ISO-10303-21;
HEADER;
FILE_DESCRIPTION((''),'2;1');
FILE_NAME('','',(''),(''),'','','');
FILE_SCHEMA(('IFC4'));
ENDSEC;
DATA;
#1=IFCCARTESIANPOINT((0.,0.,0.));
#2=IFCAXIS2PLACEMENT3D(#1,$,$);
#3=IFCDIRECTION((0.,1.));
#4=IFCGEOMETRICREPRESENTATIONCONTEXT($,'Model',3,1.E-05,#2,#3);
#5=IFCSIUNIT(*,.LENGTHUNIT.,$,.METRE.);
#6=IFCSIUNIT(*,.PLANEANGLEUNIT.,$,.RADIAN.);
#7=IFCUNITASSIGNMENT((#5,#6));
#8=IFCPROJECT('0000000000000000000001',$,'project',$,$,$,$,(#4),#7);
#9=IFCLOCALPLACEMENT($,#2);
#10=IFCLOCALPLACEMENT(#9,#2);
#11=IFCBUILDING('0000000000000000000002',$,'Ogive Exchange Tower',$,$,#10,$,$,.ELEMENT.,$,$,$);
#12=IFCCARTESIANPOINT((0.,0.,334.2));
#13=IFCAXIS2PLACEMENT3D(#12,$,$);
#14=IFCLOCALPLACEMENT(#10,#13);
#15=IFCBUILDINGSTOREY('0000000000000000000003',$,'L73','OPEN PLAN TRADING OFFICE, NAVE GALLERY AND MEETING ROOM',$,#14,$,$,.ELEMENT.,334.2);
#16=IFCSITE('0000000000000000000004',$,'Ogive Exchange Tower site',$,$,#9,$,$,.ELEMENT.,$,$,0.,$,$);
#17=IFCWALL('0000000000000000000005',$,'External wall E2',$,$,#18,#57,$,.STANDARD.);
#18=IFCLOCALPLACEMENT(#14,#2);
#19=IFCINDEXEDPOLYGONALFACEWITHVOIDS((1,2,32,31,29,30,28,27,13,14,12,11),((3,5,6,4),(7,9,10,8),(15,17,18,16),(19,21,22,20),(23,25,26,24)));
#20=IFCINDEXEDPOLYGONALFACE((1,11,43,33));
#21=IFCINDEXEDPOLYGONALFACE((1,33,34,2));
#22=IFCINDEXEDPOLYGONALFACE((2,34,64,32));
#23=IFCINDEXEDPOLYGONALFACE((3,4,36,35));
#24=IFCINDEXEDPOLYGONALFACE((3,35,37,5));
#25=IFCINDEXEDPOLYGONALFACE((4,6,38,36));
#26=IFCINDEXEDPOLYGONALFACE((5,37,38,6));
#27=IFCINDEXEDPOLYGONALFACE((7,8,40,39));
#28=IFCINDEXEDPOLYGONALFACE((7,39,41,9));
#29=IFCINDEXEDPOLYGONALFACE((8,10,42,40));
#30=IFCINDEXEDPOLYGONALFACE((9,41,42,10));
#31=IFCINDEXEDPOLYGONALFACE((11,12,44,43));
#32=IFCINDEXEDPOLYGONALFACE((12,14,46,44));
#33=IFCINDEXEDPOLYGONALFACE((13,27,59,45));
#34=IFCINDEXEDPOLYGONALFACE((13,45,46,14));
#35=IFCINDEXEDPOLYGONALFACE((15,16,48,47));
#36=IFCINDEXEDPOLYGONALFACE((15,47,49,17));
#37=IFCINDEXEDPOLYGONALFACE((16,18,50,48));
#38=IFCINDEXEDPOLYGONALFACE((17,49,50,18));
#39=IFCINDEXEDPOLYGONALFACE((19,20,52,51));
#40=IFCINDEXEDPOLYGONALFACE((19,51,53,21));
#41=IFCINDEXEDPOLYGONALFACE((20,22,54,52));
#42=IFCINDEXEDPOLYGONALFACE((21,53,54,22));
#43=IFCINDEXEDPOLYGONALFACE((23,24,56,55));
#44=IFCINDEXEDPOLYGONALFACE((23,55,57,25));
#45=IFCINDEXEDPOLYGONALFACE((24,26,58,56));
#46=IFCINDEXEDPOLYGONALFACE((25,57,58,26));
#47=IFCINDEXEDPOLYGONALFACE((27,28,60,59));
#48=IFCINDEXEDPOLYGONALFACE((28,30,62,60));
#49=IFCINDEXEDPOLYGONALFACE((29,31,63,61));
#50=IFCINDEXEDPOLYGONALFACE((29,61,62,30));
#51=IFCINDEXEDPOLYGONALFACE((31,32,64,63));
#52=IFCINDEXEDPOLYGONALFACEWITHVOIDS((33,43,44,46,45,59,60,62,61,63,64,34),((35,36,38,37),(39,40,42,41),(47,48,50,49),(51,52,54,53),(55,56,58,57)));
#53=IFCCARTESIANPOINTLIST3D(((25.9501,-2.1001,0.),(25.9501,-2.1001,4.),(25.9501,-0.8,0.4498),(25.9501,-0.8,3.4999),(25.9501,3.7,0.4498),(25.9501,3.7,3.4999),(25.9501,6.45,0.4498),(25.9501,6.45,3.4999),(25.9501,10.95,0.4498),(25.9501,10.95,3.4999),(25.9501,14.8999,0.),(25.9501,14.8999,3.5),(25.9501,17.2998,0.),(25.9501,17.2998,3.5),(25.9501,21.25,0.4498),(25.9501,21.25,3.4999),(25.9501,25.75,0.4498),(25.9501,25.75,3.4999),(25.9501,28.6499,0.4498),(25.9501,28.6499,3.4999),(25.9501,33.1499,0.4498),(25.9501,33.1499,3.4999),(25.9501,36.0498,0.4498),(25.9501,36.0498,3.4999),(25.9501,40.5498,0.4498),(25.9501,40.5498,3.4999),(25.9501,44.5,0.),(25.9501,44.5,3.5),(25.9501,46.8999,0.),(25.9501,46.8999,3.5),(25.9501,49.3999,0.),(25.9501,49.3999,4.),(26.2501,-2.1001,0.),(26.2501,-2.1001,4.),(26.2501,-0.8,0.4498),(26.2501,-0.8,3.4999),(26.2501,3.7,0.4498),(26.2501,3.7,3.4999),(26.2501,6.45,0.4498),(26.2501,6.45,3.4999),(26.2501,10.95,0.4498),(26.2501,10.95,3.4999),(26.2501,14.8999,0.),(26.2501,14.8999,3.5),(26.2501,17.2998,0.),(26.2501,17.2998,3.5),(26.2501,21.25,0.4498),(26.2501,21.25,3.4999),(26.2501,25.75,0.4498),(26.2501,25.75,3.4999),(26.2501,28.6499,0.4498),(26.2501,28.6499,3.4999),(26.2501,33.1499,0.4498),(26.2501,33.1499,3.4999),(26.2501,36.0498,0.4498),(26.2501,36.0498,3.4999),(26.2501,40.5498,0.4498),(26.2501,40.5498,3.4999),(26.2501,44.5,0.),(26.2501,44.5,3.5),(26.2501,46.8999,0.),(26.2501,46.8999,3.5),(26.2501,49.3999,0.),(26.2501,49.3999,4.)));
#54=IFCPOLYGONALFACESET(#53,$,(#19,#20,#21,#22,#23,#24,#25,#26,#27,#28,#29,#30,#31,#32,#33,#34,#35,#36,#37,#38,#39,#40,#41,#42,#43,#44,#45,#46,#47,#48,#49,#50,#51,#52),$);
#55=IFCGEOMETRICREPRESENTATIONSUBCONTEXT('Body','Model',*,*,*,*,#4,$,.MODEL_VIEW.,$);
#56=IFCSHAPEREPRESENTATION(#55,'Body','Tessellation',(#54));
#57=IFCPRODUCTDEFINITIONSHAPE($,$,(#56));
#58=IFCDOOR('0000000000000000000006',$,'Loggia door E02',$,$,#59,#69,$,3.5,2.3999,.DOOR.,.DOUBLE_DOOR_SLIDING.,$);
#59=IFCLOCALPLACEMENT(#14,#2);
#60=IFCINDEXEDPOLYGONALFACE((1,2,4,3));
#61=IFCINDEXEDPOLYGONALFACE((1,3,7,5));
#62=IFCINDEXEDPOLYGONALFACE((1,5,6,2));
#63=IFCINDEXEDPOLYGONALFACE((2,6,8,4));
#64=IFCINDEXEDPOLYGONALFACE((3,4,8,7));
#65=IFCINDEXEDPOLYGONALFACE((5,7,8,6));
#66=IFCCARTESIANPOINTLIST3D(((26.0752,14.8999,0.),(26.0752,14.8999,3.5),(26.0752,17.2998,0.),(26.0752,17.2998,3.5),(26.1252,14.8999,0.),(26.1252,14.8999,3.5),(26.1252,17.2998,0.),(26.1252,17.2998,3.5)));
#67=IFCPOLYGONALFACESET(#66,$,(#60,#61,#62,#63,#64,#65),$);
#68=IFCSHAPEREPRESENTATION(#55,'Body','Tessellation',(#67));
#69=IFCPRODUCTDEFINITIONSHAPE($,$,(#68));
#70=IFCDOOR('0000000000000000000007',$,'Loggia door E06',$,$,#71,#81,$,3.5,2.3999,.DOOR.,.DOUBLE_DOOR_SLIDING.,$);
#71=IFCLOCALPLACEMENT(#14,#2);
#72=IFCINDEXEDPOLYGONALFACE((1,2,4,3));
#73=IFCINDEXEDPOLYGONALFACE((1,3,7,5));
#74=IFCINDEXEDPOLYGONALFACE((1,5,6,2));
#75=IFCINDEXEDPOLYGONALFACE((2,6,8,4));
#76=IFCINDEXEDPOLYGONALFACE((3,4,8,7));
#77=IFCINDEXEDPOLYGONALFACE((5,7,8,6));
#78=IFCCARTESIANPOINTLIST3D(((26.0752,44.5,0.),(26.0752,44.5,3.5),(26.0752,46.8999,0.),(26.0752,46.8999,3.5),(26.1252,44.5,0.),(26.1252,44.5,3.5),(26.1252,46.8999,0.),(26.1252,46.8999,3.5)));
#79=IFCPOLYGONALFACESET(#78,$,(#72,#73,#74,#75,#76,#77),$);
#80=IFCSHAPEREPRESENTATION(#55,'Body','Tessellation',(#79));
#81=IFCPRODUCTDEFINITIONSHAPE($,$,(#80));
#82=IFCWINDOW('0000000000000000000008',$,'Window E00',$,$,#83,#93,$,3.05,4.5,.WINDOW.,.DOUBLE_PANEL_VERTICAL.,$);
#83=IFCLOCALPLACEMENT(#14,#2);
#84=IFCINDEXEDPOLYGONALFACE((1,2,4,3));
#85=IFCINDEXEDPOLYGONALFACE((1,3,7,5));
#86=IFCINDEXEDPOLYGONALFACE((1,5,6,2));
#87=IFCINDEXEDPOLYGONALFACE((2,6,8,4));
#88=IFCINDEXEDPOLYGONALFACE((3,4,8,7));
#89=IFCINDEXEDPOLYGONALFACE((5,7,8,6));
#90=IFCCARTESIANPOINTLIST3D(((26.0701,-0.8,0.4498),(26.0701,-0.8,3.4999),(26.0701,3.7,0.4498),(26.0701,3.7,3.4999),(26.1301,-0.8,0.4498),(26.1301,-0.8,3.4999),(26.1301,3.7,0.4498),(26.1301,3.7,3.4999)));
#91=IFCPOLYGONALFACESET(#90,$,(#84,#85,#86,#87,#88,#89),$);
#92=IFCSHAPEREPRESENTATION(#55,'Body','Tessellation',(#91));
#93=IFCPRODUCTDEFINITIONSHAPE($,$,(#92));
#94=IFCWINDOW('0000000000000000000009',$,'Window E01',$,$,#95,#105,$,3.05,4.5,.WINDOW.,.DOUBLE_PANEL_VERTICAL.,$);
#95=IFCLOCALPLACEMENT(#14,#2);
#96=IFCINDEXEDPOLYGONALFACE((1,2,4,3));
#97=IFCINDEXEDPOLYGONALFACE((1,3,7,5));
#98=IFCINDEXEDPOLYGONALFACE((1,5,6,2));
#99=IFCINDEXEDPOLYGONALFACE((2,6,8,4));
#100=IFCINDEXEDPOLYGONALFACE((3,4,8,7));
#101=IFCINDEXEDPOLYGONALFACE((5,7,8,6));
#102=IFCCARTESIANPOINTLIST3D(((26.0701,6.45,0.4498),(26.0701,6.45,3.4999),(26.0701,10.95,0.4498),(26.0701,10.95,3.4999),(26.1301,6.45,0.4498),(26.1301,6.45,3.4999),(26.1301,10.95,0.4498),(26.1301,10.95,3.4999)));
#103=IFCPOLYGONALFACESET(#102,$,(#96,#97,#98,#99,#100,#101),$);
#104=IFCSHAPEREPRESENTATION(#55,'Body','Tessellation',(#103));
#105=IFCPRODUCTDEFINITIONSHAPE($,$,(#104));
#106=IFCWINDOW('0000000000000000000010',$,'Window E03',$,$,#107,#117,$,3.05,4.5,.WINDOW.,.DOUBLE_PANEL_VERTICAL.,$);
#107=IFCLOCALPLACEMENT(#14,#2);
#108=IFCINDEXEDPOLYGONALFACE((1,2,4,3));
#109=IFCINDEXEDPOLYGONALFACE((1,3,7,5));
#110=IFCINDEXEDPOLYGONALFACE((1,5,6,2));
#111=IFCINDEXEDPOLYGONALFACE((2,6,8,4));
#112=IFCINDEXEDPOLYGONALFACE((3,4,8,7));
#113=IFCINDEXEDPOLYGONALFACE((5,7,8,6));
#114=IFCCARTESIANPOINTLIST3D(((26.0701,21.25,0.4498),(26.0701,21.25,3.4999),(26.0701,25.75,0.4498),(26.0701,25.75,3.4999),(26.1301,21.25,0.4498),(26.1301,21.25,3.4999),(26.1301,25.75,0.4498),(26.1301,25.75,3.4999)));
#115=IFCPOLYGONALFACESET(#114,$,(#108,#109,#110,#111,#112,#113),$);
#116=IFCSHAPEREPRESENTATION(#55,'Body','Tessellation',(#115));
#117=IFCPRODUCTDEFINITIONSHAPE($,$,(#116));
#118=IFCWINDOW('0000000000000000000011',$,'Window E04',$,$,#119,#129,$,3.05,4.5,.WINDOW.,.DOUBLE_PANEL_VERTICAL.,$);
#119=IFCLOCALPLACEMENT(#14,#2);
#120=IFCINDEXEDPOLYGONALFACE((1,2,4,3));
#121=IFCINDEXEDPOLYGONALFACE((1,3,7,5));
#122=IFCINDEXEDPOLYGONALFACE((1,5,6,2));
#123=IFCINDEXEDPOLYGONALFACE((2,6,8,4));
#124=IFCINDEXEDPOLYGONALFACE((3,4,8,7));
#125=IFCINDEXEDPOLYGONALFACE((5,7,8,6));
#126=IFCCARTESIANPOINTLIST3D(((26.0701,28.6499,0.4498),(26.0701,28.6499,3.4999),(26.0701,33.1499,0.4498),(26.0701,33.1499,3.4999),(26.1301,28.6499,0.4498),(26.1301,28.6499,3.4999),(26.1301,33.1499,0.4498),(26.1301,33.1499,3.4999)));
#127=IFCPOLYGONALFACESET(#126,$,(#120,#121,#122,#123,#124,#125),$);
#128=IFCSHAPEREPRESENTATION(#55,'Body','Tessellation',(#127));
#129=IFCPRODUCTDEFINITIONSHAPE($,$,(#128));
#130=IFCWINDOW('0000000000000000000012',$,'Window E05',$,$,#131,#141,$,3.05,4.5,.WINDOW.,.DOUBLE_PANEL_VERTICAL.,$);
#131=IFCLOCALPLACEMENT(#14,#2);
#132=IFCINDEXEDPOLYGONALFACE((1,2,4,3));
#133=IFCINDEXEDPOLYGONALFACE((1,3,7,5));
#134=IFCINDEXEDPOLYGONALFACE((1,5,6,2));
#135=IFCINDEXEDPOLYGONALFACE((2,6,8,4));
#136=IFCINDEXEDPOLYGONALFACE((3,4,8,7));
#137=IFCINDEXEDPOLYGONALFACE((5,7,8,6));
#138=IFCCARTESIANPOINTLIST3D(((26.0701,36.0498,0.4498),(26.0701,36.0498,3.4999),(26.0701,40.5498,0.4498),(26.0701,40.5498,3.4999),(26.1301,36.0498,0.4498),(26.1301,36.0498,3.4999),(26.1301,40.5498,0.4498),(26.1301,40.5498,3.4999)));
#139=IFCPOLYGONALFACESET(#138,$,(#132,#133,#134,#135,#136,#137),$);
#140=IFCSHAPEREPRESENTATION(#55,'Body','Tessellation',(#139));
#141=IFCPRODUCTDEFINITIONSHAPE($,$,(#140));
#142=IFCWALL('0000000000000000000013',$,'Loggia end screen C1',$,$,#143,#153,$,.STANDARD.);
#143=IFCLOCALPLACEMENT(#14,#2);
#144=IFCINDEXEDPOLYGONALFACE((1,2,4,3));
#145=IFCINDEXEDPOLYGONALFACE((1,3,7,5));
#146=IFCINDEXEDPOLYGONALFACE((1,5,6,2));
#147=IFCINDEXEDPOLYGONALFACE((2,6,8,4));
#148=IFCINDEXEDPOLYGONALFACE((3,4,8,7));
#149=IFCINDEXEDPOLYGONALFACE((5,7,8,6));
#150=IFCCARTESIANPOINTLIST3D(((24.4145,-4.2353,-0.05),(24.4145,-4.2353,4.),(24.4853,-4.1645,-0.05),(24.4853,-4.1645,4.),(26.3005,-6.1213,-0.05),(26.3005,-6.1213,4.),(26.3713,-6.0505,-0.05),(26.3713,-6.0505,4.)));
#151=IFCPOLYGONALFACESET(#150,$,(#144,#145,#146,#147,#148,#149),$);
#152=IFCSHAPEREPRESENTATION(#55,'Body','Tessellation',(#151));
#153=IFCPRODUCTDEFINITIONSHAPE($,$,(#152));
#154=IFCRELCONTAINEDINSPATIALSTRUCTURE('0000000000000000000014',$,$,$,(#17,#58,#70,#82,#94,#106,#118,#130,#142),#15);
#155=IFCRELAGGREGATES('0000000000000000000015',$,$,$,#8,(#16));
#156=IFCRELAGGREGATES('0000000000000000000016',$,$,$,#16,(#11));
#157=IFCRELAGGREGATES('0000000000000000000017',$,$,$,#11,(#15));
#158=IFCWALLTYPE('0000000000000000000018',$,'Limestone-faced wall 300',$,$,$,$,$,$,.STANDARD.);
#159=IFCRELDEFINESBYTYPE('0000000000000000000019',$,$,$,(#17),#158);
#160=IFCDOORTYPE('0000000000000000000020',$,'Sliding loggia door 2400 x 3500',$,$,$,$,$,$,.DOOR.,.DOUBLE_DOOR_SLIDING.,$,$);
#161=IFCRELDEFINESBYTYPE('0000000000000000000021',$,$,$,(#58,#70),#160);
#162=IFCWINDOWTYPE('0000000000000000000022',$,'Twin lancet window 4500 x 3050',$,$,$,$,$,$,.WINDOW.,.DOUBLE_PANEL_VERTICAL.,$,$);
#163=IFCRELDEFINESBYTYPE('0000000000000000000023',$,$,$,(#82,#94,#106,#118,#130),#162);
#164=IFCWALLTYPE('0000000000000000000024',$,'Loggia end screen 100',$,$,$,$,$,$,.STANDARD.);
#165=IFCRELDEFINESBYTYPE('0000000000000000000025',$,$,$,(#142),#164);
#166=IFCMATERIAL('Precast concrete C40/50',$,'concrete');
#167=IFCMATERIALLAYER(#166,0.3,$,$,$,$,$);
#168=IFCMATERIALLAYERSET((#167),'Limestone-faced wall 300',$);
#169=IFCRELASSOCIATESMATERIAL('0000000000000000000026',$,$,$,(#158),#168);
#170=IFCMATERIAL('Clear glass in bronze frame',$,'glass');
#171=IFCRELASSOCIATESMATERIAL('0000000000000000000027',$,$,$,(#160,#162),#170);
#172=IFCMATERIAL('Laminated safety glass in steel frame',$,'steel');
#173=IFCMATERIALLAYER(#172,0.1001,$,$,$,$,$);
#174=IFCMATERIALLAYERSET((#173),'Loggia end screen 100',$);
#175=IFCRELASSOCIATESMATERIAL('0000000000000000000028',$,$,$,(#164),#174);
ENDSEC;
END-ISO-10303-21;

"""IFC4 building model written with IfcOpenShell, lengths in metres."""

from ifc_helpers import new_model, si_unit, direction, frame, frame_2d, origin, place, context, subcontext, project, spatial, rectangle, extrude, material, layer, layer_set, type_object, element, fill, save


model = new_model("IFC4")

# Units and contexts
model_context = context("Model", 3, precision=1e-05, world=origin(), true_north=direction((0.0, 1.0)))
body_context = subcontext(model_context, "Body", "Model", "MODEL_VIEW")
ifc_project = project(units=[si_unit("LENGTHUNIT", "METRE"), si_unit("PLANEANGLEUNIT", "RADIAN")], contexts=[model_context])

# Site, building, storey
site_placement = place(None, origin())
site = spatial("IfcSite", under=ifc_project, at=site_placement, Name="Ogive Exchange Tower site", CompositionType="ELEMENT", RefElevation=0.0)
building_placement = place(site_placement, origin())
building = spatial("IfcBuilding", under=site, at=building_placement, Name="Ogive Exchange Tower", CompositionType="ELEMENT")
storey_placement = place(building_placement, frame((0.0, 0.0, 334.2)))
storey = spatial("IfcBuildingStorey", under=building, at=storey_placement, Name="L73", Description="OPEN PLAN TRADING OFFICE, NAVE GALLERY AND MEETING ROOM", CompositionType="ELEMENT", Elevation=334.2)

# Wall, openings, doors, windows
ifc_material_1 = material(Name="Precast concrete C40/50", Category="concrete")
ifc_layer_1 = layer(ifc_material_1, 0.3)
ifc_layer_set_1 = layer_set([ifc_layer_1], Name="Limestone-faced wall 300")
wall_type_1 = type_object("IfcWallType", Name="Limestone-faced wall 300", PredefinedType="STANDARD", material=ifc_layer_set_1)
wall_1_placement = place(storey_placement, frame((26.1001, -2.1001, 0.0), z_axis=(0.0, 0.0, 1.0), x_axis=(0.0, 1.0, 0.0)))
wall_1 = element("IfcWall", 1, at=wall_1_placement, inside=storey, type_object=wall_type_1, Name="External wall E2", PredefinedType="STANDARD", context=body_context, shape_type="SweptSolid", body=[
    extrude(rectangle(XDim=51.5, YDim=0.3, at=frame_2d((25.75, 0.0))), origin(), (0.0, 0.0, 1.0), 4.0),
])
opening_1_placement = place(wall_1_placement, frame((1.3, 0.0, 0.45)))
opening_1 = element("IfcOpeningElement", 2, at=opening_1_placement, cuts=wall_1, PredefinedType="OPENING", context=body_context, shape_type="SweptSolid", body=[
    extrude(rectangle(XDim=4.5, YDim=3.05, at=frame_2d((2.25, 1.5249))), frame((0.0, 0.1599, 0.0), z_axis=(0.0, -1.0, 0.0), x_axis=(1.0, 0.0, 0.0)), (0.0, 0.0, 1.0), 0.3201),
])
opening_2_placement = place(wall_1_placement, frame((8.55, 0.0, 0.45)))
opening_2 = element("IfcOpeningElement", 3, at=opening_2_placement, cuts=wall_1, PredefinedType="OPENING", context=body_context, shape_type="SweptSolid", body=[
    extrude(rectangle(XDim=4.5, YDim=3.05, at=frame_2d((2.25, 1.5249))), frame((0.0, 0.1599, 0.0), z_axis=(0.0, -1.0, 0.0), x_axis=(1.0, 0.0, 0.0)), (0.0, 0.0, 1.0), 0.3201),
])
opening_3_placement = place(wall_1_placement, frame((17.0, 0.0, 0.0)))
opening_3 = element("IfcOpeningElement", 4, at=opening_3_placement, cuts=wall_1, PredefinedType="OPENING", context=body_context, shape_type="SweptSolid", body=[
    extrude(rectangle(XDim=2.3999, YDim=3.5, at=frame_2d((1.2, 1.75))), frame((0.0, 0.1599, 0.0), z_axis=(0.0, -1.0, 0.0), x_axis=(1.0, 0.0, 0.0)), (0.0, 0.0, 1.0), 0.3201),
])
opening_4_placement = place(wall_1_placement, frame((23.3501, 0.0, 0.45)))
opening_4 = element("IfcOpeningElement", 5, at=opening_4_placement, cuts=wall_1, PredefinedType="OPENING", context=body_context, shape_type="SweptSolid", body=[
    extrude(rectangle(XDim=4.5, YDim=3.05, at=frame_2d((2.25, 1.5249))), frame((0.0, 0.1599, 0.0), z_axis=(0.0, -1.0, 0.0), x_axis=(1.0, 0.0, 0.0)), (0.0, 0.0, 1.0), 0.3201),
])
opening_5_placement = place(wall_1_placement, frame((30.75, 0.0, 0.45)))
opening_5 = element("IfcOpeningElement", 6, at=opening_5_placement, cuts=wall_1, PredefinedType="OPENING", context=body_context, shape_type="SweptSolid", body=[
    extrude(rectangle(XDim=4.5, YDim=3.05, at=frame_2d((2.25, 1.5249))), frame((0.0, 0.1599, 0.0), z_axis=(0.0, -1.0, 0.0), x_axis=(1.0, 0.0, 0.0)), (0.0, 0.0, 1.0), 0.3201),
])
opening_6_placement = place(wall_1_placement, frame((38.1499, 0.0, 0.45)))
opening_6 = element("IfcOpeningElement", 7, at=opening_6_placement, cuts=wall_1, PredefinedType="OPENING", context=body_context, shape_type="SweptSolid", body=[
    extrude(rectangle(XDim=4.5, YDim=3.05, at=frame_2d((2.25, 1.5249))), frame((0.0, 0.1599, 0.0), z_axis=(0.0, -1.0, 0.0), x_axis=(1.0, 0.0, 0.0)), (0.0, 0.0, 1.0), 0.3201),
])
opening_7_placement = place(wall_1_placement, frame((46.6001, 0.0, 0.0)))
opening_7 = element("IfcOpeningElement", 8, at=opening_7_placement, cuts=wall_1, PredefinedType="OPENING", context=body_context, shape_type="SweptSolid", body=[
    extrude(rectangle(XDim=2.3999, YDim=3.5, at=frame_2d((1.2, 1.75))), frame((0.0, 0.1599, 0.0), z_axis=(0.0, -1.0, 0.0), x_axis=(1.0, 0.0, 0.0)), (0.0, 0.0, 1.0), 0.3201),
])
ifc_material_2 = material(Name="Clear glass in bronze frame", Category="glass")
door_type_1 = type_object("IfcDoorType", Name="Sliding loggia door 2400 x 3500", OperationType="DOUBLE_DOOR_SLIDING", PredefinedType="DOOR", material=ifc_material_2)
door_1_placement = place(opening_3_placement, origin())
door_1 = element("IfcDoor", 9, at=door_1_placement, inside=storey, type_object=door_type_1, Name="Loggia door E02", OperationType="DOUBLE_DOOR_SLIDING", OverallHeight=3.5, OverallWidth=2.3999, PredefinedType="DOOR", context=body_context, shape_type="SweptSolid", body=[
    extrude(rectangle(XDim=2.3999, YDim=3.5, at=frame_2d((1.2, 1.75))), frame((0.0, 0.0249, 0.0), z_axis=(0.0, -1.0, 0.0), x_axis=(1.0, 0.0, 0.0)), (0.0, 0.0, 1.0), 0.05),
])
fill(opening_3, door_1)
door_2_placement = place(opening_7_placement, origin())
door_2 = element("IfcDoor", 10, at=door_2_placement, inside=storey, type_object=door_type_1, Name="Loggia door E06", OperationType="DOUBLE_DOOR_SLIDING", OverallHeight=3.5, OverallWidth=2.3999, PredefinedType="DOOR", context=body_context, shape_type="SweptSolid", body=[
    extrude(rectangle(XDim=2.3999, YDim=3.5, at=frame_2d((1.2, 1.75))), frame((0.0, 0.0249, 0.0), z_axis=(0.0, -1.0, 0.0), x_axis=(1.0, 0.0, 0.0)), (0.0, 0.0, 1.0), 0.05),
])
fill(opening_7, door_2)
window_type = type_object("IfcWindowType", Name="Twin lancet window 4500 x 3050", PartitioningType="DOUBLE_PANEL_VERTICAL", PredefinedType="WINDOW", material=ifc_material_2)
window_1_placement = place(opening_1_placement, origin())
window_1 = element("IfcWindow", 11, at=window_1_placement, inside=storey, type_object=window_type, Name="Window E00", OverallHeight=3.05, OverallWidth=4.5, PartitioningType="DOUBLE_PANEL_VERTICAL", PredefinedType="WINDOW", context=body_context, shape_type="SweptSolid", body=[
    extrude(rectangle(XDim=4.5, YDim=3.05, at=frame_2d((2.25, 1.5249))), frame((0.0, 0.03, 0.0), z_axis=(0.0, -1.0, 0.0), x_axis=(1.0, 0.0, 0.0)), (0.0, 0.0, 1.0), 0.0601),
])
fill(opening_1, window_1)
window_2_placement = place(opening_2_placement, origin())
window_2 = element("IfcWindow", 12, at=window_2_placement, inside=storey, type_object=window_type, Name="Window E01", OverallHeight=3.05, OverallWidth=4.5, PartitioningType="DOUBLE_PANEL_VERTICAL", PredefinedType="WINDOW", context=body_context, shape_type="SweptSolid", body=[
    extrude(rectangle(XDim=4.5, YDim=3.05, at=frame_2d((2.25, 1.5249))), frame((0.0, 0.03, 0.0), z_axis=(0.0, -1.0, 0.0), x_axis=(1.0, 0.0, 0.0)), (0.0, 0.0, 1.0), 0.0601),
])
fill(opening_2, window_2)
window_3_placement = place(opening_4_placement, origin())
window_3 = element("IfcWindow", 13, at=window_3_placement, inside=storey, type_object=window_type, Name="Window E03", OverallHeight=3.05, OverallWidth=4.5, PartitioningType="DOUBLE_PANEL_VERTICAL", PredefinedType="WINDOW", context=body_context, shape_type="SweptSolid", body=[
    extrude(rectangle(XDim=4.5, YDim=3.05, at=frame_2d((2.25, 1.5249))), frame((0.0, 0.03, 0.0), z_axis=(0.0, -1.0, 0.0), x_axis=(1.0, 0.0, 0.0)), (0.0, 0.0, 1.0), 0.0601),
])
fill(opening_4, window_3)
window_4_placement = place(opening_5_placement, origin())
window_4 = element("IfcWindow", 14, at=window_4_placement, inside=storey, type_object=window_type, Name="Window E04", OverallHeight=3.05, OverallWidth=4.5, PartitioningType="DOUBLE_PANEL_VERTICAL", PredefinedType="WINDOW", context=body_context, shape_type="SweptSolid", body=[
    extrude(rectangle(XDim=4.5, YDim=3.05, at=frame_2d((2.25, 1.5249))), frame((0.0, 0.03, 0.0), z_axis=(0.0, -1.0, 0.0), x_axis=(1.0, 0.0, 0.0)), (0.0, 0.0, 1.0), 0.0601),
])
fill(opening_5, window_4)
window_5_placement = place(opening_6_placement, origin())
window_5 = element("IfcWindow", 15, at=window_5_placement, inside=storey, type_object=window_type, Name="Window E05", OverallHeight=3.05, OverallWidth=4.5, PartitioningType="DOUBLE_PANEL_VERTICAL", PredefinedType="WINDOW", context=body_context, shape_type="SweptSolid", body=[
    extrude(rectangle(XDim=4.5, YDim=3.05, at=frame_2d((2.25, 1.5249))), frame((0.0, 0.03, 0.0), z_axis=(0.0, -1.0, 0.0), x_axis=(1.0, 0.0, 0.0)), (0.0, 0.0, 1.0), 0.0601),
])
fill(opening_6, window_5)

# Wall
ifc_material_3 = material(Name="Laminated safety glass in steel frame", Category="steel")
ifc_layer_2 = layer(ifc_material_3, 0.1001)
ifc_layer_set_2 = layer_set([ifc_layer_2], Name="Loggia end screen 100")
wall_type_2 = type_object("IfcWallType", Name="Loggia end screen 100", PredefinedType="STANDARD", material=ifc_layer_set_2)
wall_2_placement = place(storey_placement, frame((24.45, -4.2, -0.05), z_axis=(0.0, 0.0, 1.0), x_axis=(0.707107, -0.707107, 0.0)))
element("IfcWall", 16, at=wall_2_placement, inside=storey, type_object=wall_type_2, Name="Loggia end screen C1", PredefinedType="STANDARD", context=body_context, shape_type="SweptSolid", body=[
    extrude(rectangle(XDim=2.6672, YDim=0.1001, at=frame_2d((1.3335, 0.0))), origin(), (0.0, 0.0, 1.0), 4.05),
])

save(model, "model.ifc")
